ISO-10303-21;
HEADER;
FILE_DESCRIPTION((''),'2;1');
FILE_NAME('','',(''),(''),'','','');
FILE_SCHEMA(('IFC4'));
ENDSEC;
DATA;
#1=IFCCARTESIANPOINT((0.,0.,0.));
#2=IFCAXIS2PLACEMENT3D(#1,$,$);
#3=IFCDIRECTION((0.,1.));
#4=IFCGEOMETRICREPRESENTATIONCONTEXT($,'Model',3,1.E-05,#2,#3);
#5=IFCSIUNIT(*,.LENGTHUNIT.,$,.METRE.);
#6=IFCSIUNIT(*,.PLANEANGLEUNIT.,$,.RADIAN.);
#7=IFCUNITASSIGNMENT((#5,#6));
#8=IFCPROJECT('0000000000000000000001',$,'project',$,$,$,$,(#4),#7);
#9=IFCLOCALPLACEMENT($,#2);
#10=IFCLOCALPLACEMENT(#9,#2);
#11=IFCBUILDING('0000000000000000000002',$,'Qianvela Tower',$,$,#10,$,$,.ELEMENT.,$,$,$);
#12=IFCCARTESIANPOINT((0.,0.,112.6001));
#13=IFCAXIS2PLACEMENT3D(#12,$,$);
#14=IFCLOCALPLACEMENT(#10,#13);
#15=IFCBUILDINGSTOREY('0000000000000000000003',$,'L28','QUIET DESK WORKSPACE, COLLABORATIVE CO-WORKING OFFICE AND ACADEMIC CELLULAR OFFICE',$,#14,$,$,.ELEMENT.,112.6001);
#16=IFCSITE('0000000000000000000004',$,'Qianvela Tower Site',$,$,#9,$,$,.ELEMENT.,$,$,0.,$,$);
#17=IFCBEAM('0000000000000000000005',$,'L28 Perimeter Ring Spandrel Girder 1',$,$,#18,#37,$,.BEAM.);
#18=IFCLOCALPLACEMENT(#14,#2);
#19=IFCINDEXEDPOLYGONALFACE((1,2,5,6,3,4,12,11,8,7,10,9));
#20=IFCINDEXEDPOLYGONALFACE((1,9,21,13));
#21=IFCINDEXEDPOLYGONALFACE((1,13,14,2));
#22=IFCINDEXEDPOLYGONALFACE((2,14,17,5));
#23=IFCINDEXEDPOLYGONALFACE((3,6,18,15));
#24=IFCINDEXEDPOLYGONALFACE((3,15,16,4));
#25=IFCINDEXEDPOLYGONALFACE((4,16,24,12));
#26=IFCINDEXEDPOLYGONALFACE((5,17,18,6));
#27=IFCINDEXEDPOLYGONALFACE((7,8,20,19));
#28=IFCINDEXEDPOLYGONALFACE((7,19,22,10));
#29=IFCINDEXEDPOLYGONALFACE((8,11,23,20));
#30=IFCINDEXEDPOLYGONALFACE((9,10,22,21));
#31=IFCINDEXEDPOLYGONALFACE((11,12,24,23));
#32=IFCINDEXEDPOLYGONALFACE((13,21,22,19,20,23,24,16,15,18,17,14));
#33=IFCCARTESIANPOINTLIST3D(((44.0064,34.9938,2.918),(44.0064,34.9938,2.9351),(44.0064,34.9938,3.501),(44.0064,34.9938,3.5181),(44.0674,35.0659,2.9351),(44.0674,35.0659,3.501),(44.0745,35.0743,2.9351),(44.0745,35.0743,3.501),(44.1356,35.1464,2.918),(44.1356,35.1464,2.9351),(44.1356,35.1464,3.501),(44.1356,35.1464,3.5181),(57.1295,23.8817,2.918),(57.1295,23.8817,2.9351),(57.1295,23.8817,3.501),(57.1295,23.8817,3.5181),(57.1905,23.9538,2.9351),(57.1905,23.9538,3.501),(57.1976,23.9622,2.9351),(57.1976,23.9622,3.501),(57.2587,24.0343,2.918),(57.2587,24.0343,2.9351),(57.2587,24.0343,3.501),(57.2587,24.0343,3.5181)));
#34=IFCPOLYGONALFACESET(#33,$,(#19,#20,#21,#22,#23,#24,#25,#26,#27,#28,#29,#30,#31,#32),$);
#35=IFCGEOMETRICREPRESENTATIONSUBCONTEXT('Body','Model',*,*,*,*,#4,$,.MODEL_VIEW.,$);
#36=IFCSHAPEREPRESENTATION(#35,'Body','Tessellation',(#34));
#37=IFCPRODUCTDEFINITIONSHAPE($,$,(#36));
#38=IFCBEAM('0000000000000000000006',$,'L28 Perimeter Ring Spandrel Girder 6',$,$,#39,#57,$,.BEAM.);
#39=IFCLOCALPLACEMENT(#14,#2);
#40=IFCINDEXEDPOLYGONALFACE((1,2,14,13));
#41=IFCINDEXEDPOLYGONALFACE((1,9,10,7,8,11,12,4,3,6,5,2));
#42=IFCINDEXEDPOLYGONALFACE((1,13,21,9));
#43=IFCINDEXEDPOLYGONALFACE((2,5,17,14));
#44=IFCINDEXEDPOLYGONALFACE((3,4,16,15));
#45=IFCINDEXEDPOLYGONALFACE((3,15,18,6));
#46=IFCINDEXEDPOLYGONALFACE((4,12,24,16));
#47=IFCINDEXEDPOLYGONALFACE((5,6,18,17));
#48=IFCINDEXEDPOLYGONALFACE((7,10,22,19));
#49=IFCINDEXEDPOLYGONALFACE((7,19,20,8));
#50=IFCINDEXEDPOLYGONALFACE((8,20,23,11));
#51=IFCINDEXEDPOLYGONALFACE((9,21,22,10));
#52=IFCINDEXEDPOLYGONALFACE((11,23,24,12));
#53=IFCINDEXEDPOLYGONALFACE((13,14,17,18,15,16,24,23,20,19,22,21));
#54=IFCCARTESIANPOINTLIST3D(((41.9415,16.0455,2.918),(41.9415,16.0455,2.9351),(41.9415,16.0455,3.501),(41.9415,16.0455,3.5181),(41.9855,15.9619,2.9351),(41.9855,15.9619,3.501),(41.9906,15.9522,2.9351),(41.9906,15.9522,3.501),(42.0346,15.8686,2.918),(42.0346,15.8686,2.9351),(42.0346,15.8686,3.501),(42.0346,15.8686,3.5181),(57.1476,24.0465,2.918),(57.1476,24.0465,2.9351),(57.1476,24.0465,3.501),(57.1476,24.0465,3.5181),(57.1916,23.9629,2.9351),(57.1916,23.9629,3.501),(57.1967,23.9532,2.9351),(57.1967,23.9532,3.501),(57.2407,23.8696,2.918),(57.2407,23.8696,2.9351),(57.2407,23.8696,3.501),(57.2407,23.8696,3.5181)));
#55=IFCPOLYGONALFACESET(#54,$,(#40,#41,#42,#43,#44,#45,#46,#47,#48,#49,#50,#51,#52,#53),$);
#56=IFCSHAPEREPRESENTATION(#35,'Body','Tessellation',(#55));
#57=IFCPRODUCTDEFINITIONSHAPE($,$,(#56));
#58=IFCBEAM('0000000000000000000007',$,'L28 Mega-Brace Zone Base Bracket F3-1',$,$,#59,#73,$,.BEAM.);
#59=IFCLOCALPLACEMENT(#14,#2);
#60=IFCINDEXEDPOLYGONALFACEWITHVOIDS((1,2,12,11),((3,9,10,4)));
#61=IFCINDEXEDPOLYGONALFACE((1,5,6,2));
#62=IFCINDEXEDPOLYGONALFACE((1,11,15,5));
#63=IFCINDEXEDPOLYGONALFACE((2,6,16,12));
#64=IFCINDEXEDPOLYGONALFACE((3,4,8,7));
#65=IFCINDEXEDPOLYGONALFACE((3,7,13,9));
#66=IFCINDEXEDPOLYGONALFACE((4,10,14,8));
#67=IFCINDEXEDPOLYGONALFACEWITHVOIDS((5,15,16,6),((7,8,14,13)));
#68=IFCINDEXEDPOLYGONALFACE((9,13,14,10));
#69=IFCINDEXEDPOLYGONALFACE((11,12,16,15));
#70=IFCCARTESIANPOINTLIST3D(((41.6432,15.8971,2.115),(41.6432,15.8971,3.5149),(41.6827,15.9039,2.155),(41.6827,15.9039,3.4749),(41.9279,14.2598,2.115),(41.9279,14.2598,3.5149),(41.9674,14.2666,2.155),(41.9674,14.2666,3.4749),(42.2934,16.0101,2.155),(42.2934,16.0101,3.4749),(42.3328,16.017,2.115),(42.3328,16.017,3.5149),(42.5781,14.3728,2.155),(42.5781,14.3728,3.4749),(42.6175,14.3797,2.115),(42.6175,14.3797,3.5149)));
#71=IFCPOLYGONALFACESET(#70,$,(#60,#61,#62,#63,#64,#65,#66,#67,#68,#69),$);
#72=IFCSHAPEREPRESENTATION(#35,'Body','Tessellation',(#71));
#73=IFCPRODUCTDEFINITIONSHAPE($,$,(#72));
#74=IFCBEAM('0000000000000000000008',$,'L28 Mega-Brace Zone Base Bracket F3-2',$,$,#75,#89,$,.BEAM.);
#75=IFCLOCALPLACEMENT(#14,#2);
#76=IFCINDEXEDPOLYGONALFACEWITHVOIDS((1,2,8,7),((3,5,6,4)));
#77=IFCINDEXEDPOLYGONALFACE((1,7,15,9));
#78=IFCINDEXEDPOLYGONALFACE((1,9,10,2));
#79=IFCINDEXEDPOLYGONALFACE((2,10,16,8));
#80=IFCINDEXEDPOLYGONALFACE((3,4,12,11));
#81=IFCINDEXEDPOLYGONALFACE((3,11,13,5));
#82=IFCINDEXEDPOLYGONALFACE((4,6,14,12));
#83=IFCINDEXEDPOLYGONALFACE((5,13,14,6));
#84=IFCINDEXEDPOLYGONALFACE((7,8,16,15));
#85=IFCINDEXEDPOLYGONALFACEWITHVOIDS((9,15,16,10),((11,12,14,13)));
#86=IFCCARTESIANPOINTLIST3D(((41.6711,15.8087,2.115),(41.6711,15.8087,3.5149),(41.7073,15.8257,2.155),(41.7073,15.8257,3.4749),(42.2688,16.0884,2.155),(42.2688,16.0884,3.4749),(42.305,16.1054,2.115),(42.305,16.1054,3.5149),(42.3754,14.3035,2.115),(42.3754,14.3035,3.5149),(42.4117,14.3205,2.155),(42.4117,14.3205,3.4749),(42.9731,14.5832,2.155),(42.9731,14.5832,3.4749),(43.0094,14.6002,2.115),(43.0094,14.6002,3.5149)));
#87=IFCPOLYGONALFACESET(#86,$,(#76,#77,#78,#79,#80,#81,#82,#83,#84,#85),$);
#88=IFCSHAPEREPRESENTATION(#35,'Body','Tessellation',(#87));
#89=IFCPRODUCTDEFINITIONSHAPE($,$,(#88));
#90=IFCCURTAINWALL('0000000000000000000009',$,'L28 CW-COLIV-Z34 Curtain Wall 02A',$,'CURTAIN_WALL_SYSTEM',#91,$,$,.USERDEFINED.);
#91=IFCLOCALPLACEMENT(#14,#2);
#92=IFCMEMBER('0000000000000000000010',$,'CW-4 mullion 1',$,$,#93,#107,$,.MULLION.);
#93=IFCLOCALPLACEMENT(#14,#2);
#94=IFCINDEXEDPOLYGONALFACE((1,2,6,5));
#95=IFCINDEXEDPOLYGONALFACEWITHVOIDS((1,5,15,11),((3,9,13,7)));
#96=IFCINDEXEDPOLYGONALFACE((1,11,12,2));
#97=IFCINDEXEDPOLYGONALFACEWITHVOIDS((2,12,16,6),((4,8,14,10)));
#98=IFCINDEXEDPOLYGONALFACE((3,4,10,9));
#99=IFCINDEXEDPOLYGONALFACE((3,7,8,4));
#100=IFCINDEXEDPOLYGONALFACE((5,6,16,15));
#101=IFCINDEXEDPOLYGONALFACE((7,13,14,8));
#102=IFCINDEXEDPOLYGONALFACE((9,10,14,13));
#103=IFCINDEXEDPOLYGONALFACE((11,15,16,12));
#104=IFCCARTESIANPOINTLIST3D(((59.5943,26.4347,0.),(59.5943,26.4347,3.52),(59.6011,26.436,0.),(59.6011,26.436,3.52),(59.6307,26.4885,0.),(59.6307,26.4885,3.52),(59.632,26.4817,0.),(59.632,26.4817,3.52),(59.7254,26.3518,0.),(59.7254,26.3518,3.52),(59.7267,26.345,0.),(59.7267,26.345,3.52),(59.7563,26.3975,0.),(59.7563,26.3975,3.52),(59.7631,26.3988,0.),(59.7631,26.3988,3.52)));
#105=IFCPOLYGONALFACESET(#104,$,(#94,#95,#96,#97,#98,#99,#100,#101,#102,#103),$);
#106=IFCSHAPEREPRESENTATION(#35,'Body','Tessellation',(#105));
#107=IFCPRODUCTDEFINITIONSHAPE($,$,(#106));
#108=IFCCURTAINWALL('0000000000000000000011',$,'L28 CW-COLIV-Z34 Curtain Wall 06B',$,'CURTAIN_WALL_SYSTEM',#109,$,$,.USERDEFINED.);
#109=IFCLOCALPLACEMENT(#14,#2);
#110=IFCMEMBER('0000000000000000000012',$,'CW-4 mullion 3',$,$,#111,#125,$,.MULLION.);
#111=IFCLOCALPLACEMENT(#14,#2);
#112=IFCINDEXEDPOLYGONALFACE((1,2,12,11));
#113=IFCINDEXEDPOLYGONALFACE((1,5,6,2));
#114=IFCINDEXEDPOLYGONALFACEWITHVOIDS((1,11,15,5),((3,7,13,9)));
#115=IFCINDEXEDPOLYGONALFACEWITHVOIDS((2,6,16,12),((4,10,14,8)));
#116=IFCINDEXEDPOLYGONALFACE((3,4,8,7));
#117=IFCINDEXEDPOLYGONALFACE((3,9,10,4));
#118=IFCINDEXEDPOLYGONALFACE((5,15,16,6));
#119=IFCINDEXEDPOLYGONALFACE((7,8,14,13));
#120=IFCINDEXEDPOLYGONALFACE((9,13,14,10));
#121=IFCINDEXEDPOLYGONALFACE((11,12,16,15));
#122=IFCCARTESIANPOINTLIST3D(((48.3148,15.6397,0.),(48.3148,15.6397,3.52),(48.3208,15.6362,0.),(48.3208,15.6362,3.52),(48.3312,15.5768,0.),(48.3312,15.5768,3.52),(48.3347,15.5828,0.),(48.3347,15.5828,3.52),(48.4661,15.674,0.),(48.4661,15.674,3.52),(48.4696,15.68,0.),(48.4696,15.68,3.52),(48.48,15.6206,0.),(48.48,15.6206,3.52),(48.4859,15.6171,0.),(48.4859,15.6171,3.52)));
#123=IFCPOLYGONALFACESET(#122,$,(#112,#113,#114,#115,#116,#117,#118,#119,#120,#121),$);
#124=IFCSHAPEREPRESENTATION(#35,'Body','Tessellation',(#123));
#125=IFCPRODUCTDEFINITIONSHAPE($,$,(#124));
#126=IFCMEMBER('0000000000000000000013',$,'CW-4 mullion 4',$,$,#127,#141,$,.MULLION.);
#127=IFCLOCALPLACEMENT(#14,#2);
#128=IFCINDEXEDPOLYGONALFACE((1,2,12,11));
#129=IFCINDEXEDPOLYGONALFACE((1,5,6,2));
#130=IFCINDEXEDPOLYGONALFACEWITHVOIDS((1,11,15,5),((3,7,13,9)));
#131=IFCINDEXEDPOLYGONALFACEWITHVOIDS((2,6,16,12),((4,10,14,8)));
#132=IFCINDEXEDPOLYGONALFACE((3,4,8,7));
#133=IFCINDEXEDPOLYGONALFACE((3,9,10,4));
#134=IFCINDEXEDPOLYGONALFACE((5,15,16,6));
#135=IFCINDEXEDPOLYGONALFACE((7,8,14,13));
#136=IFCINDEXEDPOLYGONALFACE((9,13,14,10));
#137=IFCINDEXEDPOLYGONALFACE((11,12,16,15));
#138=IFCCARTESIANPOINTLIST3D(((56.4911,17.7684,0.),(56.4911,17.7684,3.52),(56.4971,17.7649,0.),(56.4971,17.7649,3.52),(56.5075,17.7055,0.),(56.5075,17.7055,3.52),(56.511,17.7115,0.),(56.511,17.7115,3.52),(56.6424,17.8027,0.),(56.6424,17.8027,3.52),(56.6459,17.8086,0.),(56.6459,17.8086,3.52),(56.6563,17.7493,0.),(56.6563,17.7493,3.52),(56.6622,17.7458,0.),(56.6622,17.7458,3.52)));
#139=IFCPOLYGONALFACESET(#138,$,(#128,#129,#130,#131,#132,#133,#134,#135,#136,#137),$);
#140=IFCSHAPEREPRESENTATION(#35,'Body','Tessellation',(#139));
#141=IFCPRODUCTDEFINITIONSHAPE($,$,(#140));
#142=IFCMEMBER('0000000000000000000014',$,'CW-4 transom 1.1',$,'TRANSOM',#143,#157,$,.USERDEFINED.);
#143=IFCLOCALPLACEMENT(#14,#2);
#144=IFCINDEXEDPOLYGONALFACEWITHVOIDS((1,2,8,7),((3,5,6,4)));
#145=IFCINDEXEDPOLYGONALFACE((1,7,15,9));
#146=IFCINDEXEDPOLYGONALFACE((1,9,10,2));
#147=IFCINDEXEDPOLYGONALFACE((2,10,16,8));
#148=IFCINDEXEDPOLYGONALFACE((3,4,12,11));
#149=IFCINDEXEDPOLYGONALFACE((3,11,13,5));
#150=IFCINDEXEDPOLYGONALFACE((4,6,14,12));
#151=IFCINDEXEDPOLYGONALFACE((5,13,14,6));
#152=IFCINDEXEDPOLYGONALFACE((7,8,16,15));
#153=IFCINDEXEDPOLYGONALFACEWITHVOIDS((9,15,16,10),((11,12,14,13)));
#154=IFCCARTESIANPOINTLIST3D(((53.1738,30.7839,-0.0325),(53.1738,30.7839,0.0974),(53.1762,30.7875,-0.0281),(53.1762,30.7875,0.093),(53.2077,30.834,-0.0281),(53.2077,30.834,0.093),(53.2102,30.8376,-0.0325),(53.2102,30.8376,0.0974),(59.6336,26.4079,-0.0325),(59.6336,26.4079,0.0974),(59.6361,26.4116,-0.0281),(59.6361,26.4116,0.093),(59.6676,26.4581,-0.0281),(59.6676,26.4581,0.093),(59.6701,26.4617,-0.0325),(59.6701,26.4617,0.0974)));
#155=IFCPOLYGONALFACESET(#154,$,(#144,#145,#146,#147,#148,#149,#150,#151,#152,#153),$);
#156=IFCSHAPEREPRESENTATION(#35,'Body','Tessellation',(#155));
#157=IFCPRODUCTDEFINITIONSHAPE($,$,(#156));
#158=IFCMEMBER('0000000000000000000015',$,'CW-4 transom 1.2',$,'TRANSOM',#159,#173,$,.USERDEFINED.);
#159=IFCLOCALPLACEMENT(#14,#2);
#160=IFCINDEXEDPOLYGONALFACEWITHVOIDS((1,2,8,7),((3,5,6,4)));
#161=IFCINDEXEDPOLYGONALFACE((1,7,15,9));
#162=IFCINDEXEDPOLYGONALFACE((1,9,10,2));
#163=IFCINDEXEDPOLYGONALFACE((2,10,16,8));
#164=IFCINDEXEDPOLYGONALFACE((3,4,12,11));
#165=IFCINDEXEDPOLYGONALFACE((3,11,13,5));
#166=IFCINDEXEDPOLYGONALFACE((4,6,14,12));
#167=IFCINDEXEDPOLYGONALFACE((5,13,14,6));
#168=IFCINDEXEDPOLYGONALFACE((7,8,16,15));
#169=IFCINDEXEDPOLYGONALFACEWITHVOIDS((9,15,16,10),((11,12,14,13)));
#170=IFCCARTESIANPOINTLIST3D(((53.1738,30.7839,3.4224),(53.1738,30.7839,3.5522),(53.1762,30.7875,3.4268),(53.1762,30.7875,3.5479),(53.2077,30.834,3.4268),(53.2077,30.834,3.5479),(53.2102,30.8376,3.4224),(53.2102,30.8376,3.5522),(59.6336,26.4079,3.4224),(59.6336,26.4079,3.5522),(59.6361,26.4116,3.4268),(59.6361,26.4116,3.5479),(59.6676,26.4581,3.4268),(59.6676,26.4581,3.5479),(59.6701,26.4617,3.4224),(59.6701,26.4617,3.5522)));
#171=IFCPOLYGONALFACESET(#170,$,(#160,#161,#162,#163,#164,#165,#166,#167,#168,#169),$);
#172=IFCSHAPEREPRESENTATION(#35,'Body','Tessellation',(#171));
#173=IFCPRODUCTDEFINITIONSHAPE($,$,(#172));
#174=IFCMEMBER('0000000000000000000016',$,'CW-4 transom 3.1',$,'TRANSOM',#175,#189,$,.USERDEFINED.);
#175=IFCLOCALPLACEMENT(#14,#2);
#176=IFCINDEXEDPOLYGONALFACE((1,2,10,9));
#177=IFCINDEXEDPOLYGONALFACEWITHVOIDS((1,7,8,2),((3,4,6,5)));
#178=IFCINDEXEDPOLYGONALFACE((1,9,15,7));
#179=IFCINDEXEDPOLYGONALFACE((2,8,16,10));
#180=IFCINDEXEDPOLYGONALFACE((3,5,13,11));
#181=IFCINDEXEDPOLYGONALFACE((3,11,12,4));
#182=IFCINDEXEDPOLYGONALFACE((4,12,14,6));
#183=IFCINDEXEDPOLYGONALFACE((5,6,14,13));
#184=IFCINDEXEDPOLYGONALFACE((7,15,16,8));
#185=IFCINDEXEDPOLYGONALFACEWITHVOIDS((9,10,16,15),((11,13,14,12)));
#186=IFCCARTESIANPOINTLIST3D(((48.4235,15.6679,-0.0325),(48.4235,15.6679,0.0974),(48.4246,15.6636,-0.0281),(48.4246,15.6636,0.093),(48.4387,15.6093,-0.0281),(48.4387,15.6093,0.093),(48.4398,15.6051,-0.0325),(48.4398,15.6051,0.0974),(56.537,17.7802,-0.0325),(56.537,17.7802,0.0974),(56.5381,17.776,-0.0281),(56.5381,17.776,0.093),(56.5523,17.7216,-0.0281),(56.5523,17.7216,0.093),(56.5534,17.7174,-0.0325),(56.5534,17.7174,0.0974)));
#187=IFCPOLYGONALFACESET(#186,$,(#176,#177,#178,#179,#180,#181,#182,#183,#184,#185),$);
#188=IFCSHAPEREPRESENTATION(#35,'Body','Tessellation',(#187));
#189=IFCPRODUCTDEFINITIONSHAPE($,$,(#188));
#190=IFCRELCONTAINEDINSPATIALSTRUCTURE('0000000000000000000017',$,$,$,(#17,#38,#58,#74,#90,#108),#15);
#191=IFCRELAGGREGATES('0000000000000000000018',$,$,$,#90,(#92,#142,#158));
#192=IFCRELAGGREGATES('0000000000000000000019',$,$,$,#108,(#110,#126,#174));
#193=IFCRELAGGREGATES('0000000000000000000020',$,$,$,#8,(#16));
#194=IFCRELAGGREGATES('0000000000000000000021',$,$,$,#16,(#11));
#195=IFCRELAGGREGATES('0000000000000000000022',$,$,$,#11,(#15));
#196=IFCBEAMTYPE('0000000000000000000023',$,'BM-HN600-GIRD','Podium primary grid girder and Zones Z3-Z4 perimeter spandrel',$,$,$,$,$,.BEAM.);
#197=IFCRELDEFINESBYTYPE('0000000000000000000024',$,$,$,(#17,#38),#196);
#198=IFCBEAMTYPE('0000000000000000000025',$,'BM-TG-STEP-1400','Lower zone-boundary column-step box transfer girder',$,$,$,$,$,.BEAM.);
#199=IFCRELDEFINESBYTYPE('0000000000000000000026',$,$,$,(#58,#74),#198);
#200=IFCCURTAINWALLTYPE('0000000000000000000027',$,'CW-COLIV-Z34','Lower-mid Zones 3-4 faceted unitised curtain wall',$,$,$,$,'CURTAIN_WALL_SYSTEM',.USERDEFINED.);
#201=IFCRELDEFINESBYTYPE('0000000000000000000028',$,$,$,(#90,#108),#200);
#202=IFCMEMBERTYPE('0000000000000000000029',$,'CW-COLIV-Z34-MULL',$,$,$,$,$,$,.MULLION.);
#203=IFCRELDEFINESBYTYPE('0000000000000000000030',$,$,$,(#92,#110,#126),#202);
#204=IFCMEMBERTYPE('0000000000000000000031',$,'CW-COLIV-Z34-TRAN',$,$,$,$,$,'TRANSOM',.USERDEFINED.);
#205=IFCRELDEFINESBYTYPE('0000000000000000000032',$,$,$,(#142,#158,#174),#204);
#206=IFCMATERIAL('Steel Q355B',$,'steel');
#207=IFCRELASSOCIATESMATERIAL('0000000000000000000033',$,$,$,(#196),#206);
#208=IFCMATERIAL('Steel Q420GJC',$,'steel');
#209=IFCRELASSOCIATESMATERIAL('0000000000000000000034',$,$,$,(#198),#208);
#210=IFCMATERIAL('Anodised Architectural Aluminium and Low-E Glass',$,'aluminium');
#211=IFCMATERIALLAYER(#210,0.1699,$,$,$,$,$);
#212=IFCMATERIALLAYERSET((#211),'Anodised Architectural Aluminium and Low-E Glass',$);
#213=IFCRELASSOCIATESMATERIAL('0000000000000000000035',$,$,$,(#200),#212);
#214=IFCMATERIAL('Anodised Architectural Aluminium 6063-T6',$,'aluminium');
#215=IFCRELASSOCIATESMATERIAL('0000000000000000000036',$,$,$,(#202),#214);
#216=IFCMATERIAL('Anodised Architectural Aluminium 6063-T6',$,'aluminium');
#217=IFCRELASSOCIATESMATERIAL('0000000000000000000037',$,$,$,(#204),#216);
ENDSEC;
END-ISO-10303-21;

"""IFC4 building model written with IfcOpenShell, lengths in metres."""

from ifc_helpers import new_model, si_unit, direction, frame, origin, origin_2d, place, context, subcontext, project, spatial, hollow_rectangle, i_section, extrude, material, layer, layer_set, material_profile, profile_set, type_object, element, aggregate, save


model = new_model("IFC4")

# Units and contexts
model_context = context("Model", 3, precision=1e-05, world=origin(), true_north=direction((0.0, 1.0)))
body_context = subcontext(model_context, "Body", "Model", "MODEL_VIEW")
ifc_project = project(units=[si_unit("LENGTHUNIT", "METRE"), si_unit("PLANEANGLEUNIT", "RADIAN")], contexts=[model_context])

# Site, building, storey
site_placement = place(None, origin())
site = spatial("IfcSite", under=ifc_project, at=site_placement, Name="Qianvela Tower Site", CompositionType="ELEMENT", RefElevation=0.0)
building_placement = place(site_placement, origin())
building = spatial("IfcBuilding", under=site, at=building_placement, Name="Qianvela Tower", CompositionType="ELEMENT")
storey_placement = place(building_placement, frame((0.0, 0.0, 112.6001)))
storey = spatial("IfcBuildingStorey", under=building, at=storey_placement, Name="L28", Description="QUIET DESK WORKSPACE, COLLABORATIVE CO-WORKING OFFICE AND ACADEMIC CELLULAR OFFICE", CompositionType="ELEMENT", Elevation=112.6001)

# Beams
ifc_material_1 = material(Name="Steel Q355B", Category="steel")
ifc_material_profile_1 = material_profile(ifc_material_1, i_section(OverallWidth=0.2, OverallDepth=0.6001, WebThickness=0.011, FlangeThickness=0.0171, at=origin_2d()), Name="HN600x200x11x17")
ifc_profile_set_1 = profile_set([ifc_material_profile_1], Name="Steel Q355B")
beam_type_1 = type_object("IfcBeamType", Name="BM-HN600-GIRD", Description="Podium primary grid girder and Zones Z3-Z4 perimeter spandrel", PredefinedType="BEAM", material=ifc_profile_set_1)
beam_1_placement = place(storey_placement, frame((57.1941, 23.958, 3.218), z_axis=(-0.763158, 0.646211, 0.0), x_axis=(-0.646211, -0.763158, 0.0)))
element("IfcBeam", 1, at=beam_1_placement, inside=storey, type_object=beam_type_1, Name="L28 Perimeter Ring Spandrel Girder 1", PredefinedType="BEAM", context=body_context, shape_type="SweptSolid", body=[
    extrude(i_section(OverallWidth=0.2, OverallDepth=0.6001, WebThickness=0.011, FlangeThickness=0.0171, at=origin_2d()), origin(), (0.0, 0.0, 1.0), 17.1958),
])
beam_2_placement = place(storey_placement, frame((41.988, 15.957, 3.218), z_axis=(0.884971, 0.465646, 0.0), x_axis=(-0.465646, 0.884971, 0.0)))
element("IfcBeam", 2, at=beam_2_placement, inside=storey, type_object=beam_type_1, Name="L28 Perimeter Ring Spandrel Girder 6", PredefinedType="BEAM", context=body_context, shape_type="SweptSolid", body=[
    extrude(i_section(OverallWidth=0.2, OverallDepth=0.6001, WebThickness=0.011, FlangeThickness=0.0171, at=origin_2d()), origin(), (0.0, 0.0, 1.0), 17.1826),
])
ifc_material_2 = material(Name="Steel Q420GJC", Category="steel")
ifc_material_profile_2 = material_profile(ifc_material_2, hollow_rectangle(XDim=0.7, YDim=1.3999, WallThickness=0.04, at=origin_2d()), Name="TG-BOX-1400x700x40")
ifc_profile_set_2 = profile_set([ifc_material_profile_2], Name="Steel Q420GJC")
beam_type_2 = type_object("IfcBeamType", Name="BM-TG-STEP-1400", Description="Lower zone-boundary column-step box transfer girder", PredefinedType="BEAM", material=ifc_profile_set_2)
for number, where, z_axis, x_axis, name in (
    (3, (41.988, 15.957, 2.8149), (0.171304, -0.985218, 0.0), (0.985218, 0.171304, 0.0), "L28 Mega-Brace Zone Base Bracket F3-1"),
    (4, (41.988, 15.957, 2.8149), (0.42385, -0.905732, 0.0), (0.905732, 0.42385, 0.0), "L28 Mega-Brace Zone Base Bracket F3-2"),
):
    element("IfcBeam", number, at=place(storey_placement, frame(where, z_axis=z_axis, x_axis=x_axis)), inside=storey, type_object=beam_type_2, Name=name, PredefinedType="BEAM", context=body_context, shape_type="SweptSolid", body=[
        extrude(hollow_rectangle(XDim=0.7, YDim=1.3999, WallThickness=0.04, at=origin_2d()), origin(), (0.0, 0.0, 1.0), 1.6619),
    ])

# Curtain wall, member
ifc_material_3 = material(Name="Anodised Architectural Aluminium and Low-E Glass", Category="aluminium")
ifc_layer_1 = layer(ifc_material_3, 0.1699)
ifc_layer_set_1 = layer_set([ifc_layer_1], Name="Anodised Architectural Aluminium and Low-E Glass")
curtain_wall_type = type_object("IfcCurtainWallType", Name="CW-COLIV-Z34", Description="Lower-mid Zones 3-4 faceted unitised curtain wall", ElementType="CURTAIN_WALL_SYSTEM", PredefinedType="USERDEFINED", material=ifc_layer_set_1)
curtain_wall_1_placement = place(storey_placement, origin())
curtain_wall_1 = element("IfcCurtainWall", 5, at=curtain_wall_1_placement, inside=storey, type_object=curtain_wall_type, Name="L28 CW-COLIV-Z34 Curtain Wall 02A", ObjectType="CURTAIN_WALL_SYSTEM", PredefinedType="USERDEFINED")
ifc_material_4 = material(Name="Anodised Architectural Aluminium 6063-T6", Category="aluminium")
ifc_material_profile_3 = material_profile(ifc_material_4, hollow_rectangle(XDim=0.0649, YDim=0.1599, WallThickness=0.0049, at=origin_2d()), Name="ALU-MULL-65x160")
ifc_profile_set_3 = profile_set([ifc_material_profile_3], Name="Anodised Architectural Aluminium 6063-T6")
member_type_1 = type_object("IfcMemberType", Name="CW-COLIV-Z34-MULL", PredefinedType="MULLION", material=ifc_profile_set_3)
member_1_placement = place(storey_placement, frame((59.6787, 26.4167, 0.0), z_axis=(0.0, 0.0, 1.0), x_axis=(-0.560827, -0.827933, 0.0)))
member_1 = element("IfcMember", 6, at=member_1_placement, type_object=member_type_1, Name="CW-4 mullion 1", PredefinedType="MULLION", context=body_context, shape_type="SweptSolid", body=[
    extrude(hollow_rectangle(XDim=0.0649, YDim=0.1599, WallThickness=0.0049, at=origin_2d()), origin(), (0.0, 0.0, 1.0), 3.52),
])

# Curtain wall, members
curtain_wall_2_placement = place(storey_placement, origin())
curtain_wall_2 = element("IfcCurtainWall", 7, at=curtain_wall_2_placement, inside=storey, type_object=curtain_wall_type, Name="L28 CW-COLIV-Z34 Curtain Wall 06B", ObjectType="CURTAIN_WALL_SYSTEM", PredefinedType="USERDEFINED")
member_2_placement = place(storey_placement, frame((48.4004, 15.6284, 0.0), z_axis=(0.0, 0.0, 1.0), x_axis=(-0.25195, 0.96774, 0.0)))
member_2 = element("IfcMember", 8, at=member_2_placement, type_object=member_type_1, Name="CW-4 mullion 3", PredefinedType="MULLION", context=body_context, shape_type="SweptSolid", body=[
    extrude(hollow_rectangle(XDim=0.0649, YDim=0.1599, WallThickness=0.0049, at=origin_2d()), origin(), (0.0, 0.0, 1.0), 3.52),
])
member_3_placement = place(storey_placement, frame((56.5767, 17.7571, 0.0), z_axis=(0.0, 0.0, 1.0), x_axis=(-0.25195, 0.96774, 0.0)))
member_3 = element("IfcMember", 9, at=member_3_placement, type_object=member_type_1, Name="CW-4 mullion 4", PredefinedType="MULLION", context=body_context, shape_type="SweptSolid", body=[
    extrude(hollow_rectangle(XDim=0.0649, YDim=0.1599, WallThickness=0.0049, at=origin_2d()), origin(), (0.0, 0.0, 1.0), 3.52),
])

# Members
ifc_material_5 = material(Name="Anodised Architectural Aluminium 6063-T6", Category="aluminium")
ifc_material_profile_4 = material_profile(ifc_material_5, hollow_rectangle(XDim=0.0649, YDim=0.1299, WallThickness=0.0044, at=origin_2d()), Name="ALU-TRAN-65x130")
ifc_profile_set_4 = profile_set([ifc_material_profile_4], Name="Anodised Architectural Aluminium 6063-T6")
member_type_2 = type_object("IfcMemberType", Name="CW-COLIV-Z34-TRAN", ElementType="TRANSOM", PredefinedType="USERDEFINED", material=ifc_profile_set_4)
member_4_placement = place(storey_placement, frame((59.6519, 26.4348, 0.0325), z_axis=(-0.827926, 0.560837, 0.0), x_axis=(-0.560837, -0.827926, 0.0)))
member_4 = element("IfcMember", 10, at=member_4_placement, type_object=member_type_2, Name="CW-4 transom 1.1", ObjectType="TRANSOM", PredefinedType="USERDEFINED", context=body_context, shape_type="SweptSolid", body=[
    extrude(hollow_rectangle(XDim=0.0649, YDim=0.1299, WallThickness=0.0044, at=origin_2d()), origin(), (0.0, 0.0, 1.0), 7.8025),
])
member_5_placement = place(storey_placement, frame((59.6519, 26.4348, 3.4873), z_axis=(-0.827926, 0.560837, 0.0), x_axis=(-0.560837, -0.827926, 0.0)))
member_5 = element("IfcMember", 11, at=member_5_placement, type_object=member_type_2, Name="CW-4 transom 1.2", ObjectType="TRANSOM", PredefinedType="USERDEFINED", context=body_context, shape_type="SweptSolid", body=[
    extrude(hollow_rectangle(XDim=0.0649, YDim=0.1299, WallThickness=0.0044, at=origin_2d()), origin(), (0.0, 0.0, 1.0), 7.8025),
])
aggregate(curtain_wall_1, [member_1, member_4, member_5])
member_6_placement = place(storey_placement, frame((48.4316, 15.6365, 0.0325), z_axis=(0.967741, 0.251945, 0.0), x_axis=(-0.251945, 0.967741, 0.0)))
member_6 = element("IfcMember", 12, at=member_6_placement, type_object=member_type_2, Name="CW-4 transom 3.1", ObjectType="TRANSOM", PredefinedType="USERDEFINED", context=body_context, shape_type="SweptSolid", body=[
    extrude(hollow_rectangle(XDim=0.0649, YDim=0.1299, WallThickness=0.0044, at=origin_2d()), origin(), (0.0, 0.0, 1.0), 8.384),
])

aggregate(curtain_wall_2, [member_2, member_3, member_6])

save(model, "model.ifc")
